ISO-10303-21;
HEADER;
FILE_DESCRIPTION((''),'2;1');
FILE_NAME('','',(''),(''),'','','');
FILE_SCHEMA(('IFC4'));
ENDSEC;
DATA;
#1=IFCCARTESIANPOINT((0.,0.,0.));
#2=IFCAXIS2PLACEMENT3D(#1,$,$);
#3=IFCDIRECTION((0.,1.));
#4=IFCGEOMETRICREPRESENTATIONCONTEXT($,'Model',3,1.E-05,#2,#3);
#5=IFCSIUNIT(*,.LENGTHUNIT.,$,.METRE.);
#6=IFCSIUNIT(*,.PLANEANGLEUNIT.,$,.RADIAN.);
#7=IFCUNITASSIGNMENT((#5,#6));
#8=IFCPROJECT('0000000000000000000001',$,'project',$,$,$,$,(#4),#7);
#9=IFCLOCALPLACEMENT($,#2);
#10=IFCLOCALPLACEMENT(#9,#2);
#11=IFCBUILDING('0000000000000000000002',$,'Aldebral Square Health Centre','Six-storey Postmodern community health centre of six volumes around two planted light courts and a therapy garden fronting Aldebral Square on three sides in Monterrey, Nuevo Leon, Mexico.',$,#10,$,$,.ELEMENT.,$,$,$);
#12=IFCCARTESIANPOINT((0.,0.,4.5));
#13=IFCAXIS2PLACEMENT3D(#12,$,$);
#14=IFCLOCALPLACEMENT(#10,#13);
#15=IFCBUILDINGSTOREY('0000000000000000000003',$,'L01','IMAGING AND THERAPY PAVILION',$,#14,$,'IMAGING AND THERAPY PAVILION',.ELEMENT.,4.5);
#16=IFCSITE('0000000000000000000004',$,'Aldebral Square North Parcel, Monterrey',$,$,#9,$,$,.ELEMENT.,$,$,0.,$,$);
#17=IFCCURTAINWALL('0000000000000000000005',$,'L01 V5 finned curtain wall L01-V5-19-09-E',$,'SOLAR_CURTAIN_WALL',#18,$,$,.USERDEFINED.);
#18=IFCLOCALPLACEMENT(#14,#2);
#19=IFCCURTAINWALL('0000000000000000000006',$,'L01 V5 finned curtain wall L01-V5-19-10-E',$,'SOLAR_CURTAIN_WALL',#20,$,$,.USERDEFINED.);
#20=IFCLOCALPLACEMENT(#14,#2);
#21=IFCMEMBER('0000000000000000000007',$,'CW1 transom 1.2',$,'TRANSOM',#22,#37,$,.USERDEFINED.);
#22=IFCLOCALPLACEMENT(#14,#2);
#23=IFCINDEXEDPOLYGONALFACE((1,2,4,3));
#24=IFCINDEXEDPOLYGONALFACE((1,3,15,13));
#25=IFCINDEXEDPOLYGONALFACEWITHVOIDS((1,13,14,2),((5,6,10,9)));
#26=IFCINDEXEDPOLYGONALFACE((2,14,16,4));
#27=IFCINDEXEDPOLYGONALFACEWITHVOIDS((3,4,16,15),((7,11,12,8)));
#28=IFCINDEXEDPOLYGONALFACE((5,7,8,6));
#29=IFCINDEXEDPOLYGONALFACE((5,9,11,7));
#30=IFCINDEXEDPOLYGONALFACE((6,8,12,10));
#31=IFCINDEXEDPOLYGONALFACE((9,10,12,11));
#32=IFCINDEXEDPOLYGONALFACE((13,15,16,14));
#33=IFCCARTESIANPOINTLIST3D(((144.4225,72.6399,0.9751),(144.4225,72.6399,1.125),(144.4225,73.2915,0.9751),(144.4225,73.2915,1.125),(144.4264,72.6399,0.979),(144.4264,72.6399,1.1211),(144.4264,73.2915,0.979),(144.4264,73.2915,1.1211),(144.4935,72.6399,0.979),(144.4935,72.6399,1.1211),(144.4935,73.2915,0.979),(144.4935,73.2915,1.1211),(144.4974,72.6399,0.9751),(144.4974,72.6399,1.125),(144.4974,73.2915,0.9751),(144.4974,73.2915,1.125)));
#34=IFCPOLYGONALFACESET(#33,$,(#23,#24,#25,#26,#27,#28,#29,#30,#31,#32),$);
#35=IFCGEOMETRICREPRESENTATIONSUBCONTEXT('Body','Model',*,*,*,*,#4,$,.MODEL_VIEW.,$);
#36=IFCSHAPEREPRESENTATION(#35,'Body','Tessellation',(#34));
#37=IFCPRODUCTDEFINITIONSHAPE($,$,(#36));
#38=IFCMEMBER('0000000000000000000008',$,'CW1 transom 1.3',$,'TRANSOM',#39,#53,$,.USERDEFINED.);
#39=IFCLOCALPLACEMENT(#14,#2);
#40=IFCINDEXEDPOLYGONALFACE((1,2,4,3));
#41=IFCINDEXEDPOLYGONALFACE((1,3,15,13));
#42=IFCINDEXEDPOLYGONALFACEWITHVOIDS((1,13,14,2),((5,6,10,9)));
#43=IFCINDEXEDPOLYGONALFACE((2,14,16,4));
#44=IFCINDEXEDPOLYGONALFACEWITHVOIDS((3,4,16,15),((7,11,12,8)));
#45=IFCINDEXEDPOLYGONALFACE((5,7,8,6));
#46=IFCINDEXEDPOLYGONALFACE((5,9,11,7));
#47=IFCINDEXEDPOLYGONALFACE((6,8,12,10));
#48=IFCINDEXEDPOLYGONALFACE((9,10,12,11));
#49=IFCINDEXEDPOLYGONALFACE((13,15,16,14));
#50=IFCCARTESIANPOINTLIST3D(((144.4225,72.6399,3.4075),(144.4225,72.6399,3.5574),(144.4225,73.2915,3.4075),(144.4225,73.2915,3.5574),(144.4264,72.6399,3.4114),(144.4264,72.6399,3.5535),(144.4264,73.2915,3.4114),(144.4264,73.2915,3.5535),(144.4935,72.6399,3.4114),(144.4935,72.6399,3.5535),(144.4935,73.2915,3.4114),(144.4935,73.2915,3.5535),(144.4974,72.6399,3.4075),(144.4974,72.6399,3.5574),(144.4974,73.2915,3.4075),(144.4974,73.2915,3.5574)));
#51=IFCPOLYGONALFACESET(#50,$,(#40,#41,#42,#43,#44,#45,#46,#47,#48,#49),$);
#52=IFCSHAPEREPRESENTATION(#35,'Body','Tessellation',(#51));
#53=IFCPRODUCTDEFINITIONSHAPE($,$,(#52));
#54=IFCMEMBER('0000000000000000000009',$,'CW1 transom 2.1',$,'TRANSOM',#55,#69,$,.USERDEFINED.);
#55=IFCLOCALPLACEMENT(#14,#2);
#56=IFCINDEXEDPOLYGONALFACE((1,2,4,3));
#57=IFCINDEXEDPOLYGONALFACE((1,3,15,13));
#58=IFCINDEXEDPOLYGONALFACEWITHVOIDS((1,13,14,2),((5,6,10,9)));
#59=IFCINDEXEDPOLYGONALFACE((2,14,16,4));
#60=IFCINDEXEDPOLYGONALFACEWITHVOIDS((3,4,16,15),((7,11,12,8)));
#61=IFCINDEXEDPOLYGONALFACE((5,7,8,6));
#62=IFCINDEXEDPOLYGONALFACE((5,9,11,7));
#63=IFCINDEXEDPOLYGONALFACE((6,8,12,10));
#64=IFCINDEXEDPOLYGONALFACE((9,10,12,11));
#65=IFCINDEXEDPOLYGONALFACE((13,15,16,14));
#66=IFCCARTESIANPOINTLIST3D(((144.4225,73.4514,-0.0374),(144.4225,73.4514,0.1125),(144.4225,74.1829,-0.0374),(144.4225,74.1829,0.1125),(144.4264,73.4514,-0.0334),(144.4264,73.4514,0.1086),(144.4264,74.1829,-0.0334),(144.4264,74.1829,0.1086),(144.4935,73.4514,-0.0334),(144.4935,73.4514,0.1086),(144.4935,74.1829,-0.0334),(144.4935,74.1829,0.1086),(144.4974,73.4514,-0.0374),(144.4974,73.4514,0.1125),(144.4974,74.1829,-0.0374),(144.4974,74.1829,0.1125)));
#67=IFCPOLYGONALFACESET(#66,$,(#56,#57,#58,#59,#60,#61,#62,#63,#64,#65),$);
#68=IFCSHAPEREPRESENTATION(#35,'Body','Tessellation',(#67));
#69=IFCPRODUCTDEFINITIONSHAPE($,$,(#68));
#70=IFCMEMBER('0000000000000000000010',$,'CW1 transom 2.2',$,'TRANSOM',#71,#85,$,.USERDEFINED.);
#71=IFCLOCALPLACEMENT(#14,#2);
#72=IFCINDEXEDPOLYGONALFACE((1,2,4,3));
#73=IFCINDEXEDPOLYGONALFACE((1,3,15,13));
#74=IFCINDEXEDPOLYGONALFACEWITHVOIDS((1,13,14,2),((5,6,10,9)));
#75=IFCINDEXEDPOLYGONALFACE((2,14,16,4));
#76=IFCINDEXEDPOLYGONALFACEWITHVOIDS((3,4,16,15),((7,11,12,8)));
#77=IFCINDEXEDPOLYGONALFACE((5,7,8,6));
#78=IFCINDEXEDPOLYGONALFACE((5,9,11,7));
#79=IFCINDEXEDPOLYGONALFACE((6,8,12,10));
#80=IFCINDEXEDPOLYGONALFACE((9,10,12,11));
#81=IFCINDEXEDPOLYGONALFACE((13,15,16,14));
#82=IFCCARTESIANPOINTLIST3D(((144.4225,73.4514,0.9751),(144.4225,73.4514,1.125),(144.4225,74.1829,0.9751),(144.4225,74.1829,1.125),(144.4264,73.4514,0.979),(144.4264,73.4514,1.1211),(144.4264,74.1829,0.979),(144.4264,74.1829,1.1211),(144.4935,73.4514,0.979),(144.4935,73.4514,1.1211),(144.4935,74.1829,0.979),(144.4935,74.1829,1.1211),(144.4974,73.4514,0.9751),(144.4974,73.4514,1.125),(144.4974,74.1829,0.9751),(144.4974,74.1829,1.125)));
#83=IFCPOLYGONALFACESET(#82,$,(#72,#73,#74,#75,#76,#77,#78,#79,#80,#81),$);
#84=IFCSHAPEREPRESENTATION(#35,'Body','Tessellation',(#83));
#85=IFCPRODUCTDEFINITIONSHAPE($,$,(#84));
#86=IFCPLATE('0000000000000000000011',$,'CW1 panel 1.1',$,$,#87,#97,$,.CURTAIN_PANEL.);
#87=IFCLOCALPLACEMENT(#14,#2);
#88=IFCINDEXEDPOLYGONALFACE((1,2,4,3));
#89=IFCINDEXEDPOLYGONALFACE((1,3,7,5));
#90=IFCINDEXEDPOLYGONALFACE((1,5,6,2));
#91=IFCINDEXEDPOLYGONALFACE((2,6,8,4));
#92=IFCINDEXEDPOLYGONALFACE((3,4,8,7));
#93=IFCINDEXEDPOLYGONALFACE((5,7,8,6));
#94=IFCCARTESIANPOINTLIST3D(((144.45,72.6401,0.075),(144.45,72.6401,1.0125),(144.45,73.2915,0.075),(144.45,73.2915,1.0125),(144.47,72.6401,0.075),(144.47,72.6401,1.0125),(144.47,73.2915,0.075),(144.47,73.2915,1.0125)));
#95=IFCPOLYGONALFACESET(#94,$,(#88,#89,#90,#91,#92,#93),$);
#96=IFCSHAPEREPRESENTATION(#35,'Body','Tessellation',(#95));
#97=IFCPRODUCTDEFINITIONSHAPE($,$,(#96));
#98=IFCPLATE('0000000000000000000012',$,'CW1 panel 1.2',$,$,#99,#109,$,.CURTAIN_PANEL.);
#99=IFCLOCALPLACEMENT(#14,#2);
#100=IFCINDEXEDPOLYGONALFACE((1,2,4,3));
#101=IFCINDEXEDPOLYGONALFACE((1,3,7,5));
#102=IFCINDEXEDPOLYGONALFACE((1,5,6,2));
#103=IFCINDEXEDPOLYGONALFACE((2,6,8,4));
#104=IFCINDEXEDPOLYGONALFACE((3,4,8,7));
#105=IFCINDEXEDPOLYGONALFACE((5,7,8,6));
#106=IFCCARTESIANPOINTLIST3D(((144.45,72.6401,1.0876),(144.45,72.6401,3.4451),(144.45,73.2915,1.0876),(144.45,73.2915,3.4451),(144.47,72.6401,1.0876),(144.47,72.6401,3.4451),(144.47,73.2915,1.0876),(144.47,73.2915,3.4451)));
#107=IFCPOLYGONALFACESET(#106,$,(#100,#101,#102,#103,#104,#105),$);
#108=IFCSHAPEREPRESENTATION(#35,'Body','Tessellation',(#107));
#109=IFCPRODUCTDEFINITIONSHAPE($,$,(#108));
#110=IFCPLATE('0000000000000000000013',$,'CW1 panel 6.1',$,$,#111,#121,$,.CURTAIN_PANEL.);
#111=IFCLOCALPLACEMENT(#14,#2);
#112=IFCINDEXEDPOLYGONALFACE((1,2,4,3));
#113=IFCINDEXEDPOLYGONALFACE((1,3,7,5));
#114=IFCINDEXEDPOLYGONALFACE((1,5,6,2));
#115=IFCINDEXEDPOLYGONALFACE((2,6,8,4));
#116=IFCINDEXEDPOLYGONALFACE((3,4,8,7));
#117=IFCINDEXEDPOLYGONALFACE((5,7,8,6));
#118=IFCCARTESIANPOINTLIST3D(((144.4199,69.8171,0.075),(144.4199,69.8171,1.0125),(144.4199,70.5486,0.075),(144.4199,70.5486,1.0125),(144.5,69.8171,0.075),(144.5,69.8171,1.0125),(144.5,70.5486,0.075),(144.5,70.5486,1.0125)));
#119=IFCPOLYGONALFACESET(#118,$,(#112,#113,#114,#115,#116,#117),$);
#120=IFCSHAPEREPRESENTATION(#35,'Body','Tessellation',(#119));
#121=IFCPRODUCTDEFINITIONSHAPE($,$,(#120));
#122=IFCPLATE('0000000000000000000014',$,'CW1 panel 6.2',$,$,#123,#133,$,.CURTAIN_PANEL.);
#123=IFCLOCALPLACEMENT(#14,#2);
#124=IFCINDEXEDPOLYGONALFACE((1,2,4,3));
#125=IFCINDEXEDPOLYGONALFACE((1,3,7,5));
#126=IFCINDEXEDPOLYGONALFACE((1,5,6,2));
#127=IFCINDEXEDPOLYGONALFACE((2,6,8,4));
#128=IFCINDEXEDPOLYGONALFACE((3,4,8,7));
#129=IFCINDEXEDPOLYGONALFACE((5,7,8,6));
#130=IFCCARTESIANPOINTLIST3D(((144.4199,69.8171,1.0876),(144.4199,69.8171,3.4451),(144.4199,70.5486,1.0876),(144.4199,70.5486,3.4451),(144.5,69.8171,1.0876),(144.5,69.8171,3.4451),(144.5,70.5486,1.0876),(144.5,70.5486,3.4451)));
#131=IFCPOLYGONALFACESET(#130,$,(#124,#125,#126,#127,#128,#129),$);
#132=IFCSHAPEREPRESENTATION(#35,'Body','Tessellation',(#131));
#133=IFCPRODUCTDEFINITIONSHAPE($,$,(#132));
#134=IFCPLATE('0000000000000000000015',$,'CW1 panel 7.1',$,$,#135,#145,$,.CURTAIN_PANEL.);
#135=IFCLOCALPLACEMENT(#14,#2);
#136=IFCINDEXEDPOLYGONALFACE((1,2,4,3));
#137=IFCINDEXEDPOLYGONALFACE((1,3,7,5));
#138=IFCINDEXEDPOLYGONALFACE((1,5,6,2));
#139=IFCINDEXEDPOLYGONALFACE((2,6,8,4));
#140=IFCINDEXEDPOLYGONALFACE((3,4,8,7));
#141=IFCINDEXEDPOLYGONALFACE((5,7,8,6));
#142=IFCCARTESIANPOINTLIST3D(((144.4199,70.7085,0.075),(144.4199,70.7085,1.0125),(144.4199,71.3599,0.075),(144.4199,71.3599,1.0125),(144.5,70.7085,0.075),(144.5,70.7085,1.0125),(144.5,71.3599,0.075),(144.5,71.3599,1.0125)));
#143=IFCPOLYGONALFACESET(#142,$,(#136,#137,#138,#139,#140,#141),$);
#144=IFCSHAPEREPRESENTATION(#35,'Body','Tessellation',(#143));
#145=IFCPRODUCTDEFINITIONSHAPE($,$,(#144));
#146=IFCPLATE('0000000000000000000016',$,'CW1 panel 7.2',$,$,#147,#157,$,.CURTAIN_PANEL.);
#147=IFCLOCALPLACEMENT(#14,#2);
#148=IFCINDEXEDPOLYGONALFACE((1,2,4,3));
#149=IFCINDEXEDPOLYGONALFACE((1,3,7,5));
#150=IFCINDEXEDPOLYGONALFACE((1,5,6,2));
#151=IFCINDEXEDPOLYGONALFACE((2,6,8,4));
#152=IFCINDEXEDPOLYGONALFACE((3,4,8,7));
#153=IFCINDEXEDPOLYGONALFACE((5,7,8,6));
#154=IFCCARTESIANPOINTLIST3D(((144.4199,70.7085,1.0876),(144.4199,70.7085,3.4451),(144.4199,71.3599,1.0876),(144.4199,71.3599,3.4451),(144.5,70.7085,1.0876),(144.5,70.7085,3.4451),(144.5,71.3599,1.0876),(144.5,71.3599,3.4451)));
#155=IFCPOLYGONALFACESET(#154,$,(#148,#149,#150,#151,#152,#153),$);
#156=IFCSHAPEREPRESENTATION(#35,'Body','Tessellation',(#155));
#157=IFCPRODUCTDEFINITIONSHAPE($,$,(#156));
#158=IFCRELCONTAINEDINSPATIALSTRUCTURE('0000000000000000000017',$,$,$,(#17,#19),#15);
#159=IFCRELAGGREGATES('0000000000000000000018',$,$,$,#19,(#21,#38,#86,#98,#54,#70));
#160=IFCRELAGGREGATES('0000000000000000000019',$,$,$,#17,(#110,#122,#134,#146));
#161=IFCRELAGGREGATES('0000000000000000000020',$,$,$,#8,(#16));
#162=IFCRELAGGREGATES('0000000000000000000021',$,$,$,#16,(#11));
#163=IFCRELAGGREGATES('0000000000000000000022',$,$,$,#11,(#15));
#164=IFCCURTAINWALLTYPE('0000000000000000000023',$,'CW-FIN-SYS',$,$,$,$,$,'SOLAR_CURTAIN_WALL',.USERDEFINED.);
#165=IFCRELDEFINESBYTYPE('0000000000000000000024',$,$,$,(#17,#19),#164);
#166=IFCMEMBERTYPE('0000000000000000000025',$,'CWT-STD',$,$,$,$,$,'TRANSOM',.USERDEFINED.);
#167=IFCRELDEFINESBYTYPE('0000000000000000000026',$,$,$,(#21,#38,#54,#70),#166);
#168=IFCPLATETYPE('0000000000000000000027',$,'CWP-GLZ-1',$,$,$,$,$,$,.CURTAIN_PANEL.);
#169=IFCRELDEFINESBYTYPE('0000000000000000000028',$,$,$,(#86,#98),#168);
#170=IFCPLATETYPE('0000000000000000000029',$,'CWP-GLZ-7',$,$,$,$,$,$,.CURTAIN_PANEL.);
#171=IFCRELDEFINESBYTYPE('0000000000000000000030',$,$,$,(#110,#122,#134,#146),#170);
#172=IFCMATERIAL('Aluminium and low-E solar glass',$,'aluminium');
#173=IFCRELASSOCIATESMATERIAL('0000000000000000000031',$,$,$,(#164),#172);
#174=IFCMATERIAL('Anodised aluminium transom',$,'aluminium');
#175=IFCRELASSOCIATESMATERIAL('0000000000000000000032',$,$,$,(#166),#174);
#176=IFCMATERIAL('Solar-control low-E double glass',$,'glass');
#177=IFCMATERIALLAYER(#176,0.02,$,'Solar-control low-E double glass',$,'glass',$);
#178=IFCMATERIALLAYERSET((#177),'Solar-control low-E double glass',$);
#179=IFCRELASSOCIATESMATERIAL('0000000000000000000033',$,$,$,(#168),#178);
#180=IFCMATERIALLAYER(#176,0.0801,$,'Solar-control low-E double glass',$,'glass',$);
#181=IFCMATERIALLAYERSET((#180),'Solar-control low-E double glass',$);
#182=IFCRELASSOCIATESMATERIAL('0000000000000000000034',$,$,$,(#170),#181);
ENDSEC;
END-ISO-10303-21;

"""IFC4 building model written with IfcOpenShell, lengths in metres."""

from ifc_helpers import new_model, si_unit, direction, frame, origin, origin_2d, place, context, subcontext, project, spatial, rectangle, hollow_rectangle, extrude, material, layer, layer_set, material_profile, profile_set, type_object, element, aggregate, save


model = new_model("IFC4")

# Units and contexts
model_context = context("Model", 3, precision=1e-05, world=origin(), true_north=direction((0.0, 1.0)))
body_context = subcontext(model_context, "Body", "Model", "MODEL_VIEW")
ifc_project = project(units=[si_unit("LENGTHUNIT", "METRE"), si_unit("PLANEANGLEUNIT", "RADIAN")], contexts=[model_context])

# Site, building, storey
site_placement = place(None, origin())
site = spatial("IfcSite", under=ifc_project, at=site_placement, Name="Aldebral Square North Parcel, Monterrey", CompositionType="ELEMENT", RefElevation=0.0)
building_placement = place(site_placement, origin())
building = spatial("IfcBuilding", under=site, at=building_placement, Name="Aldebral Square Health Centre", Description="Six-storey Postmodern community health centre of six volumes around two planted light courts and a therapy garden fronting Aldebral Square on three sides in Monterrey, Nuevo Leon, Mexico.", CompositionType="ELEMENT")
storey_placement = place(building_placement, frame((0.0, 0.0, 4.5)))
storey = spatial("IfcBuildingStorey", under=building, at=storey_placement, Name="L01", Description="IMAGING AND THERAPY PAVILION", LongName="IMAGING AND THERAPY PAVILION", CompositionType="ELEMENT", Elevation=4.5)

# Curtain walls
ifc_material_1 = material(Name="Aluminium and low-E solar glass", Category="aluminium")
curtain_wall_type = type_object("IfcCurtainWallType", Name="CW-FIN-SYS", ElementType="SOLAR_CURTAIN_WALL", PredefinedType="USERDEFINED", material=ifc_material_1)
curtain_wall_1_placement = place(storey_placement, origin())
curtain_wall_1 = element("IfcCurtainWall", 1, at=curtain_wall_1_placement, inside=storey, type_object=curtain_wall_type, Name="L01 V5 finned curtain wall L01-V5-19-09-E", ObjectType="SOLAR_CURTAIN_WALL", PredefinedType="USERDEFINED")
curtain_wall_2_placement = place(storey_placement, origin())
curtain_wall_2 = element("IfcCurtainWall", 2, at=curtain_wall_2_placement, inside=storey, type_object=curtain_wall_type, Name="L01 V5 finned curtain wall L01-V5-19-10-E", ObjectType="SOLAR_CURTAIN_WALL", PredefinedType="USERDEFINED")

# Members
ifc_material_2 = material(Name="Anodised aluminium transom", Category="aluminium")
ifc_material_profile_1 = material_profile(ifc_material_2, hollow_rectangle(XDim=0.075, YDim=0.1499, WallThickness=0.0039, at=origin_2d()), Name="CWT 75x150x4")
ifc_profile_set_1 = profile_set([ifc_material_profile_1], Name="Anodised aluminium transom")
member_type_1 = type_object("IfcMemberType", Name="CWT-STD", ElementType="TRANSOM", PredefinedType="USERDEFINED", material=ifc_profile_set_1)
member_1_placement = place(storey_placement, frame((144.46, 72.6399, 1.05), z_axis=(0.0, 1.0, 0.0), x_axis=(-1.0, 0.0, 0.0)))
member_1 = element("IfcMember", 3, at=member_1_placement, type_object=member_type_1, Name="CW1 transom 1.2", ObjectType="TRANSOM", PredefinedType="USERDEFINED", context=body_context, shape_type="SweptSolid", body=[
    extrude(hollow_rectangle(XDim=0.075, YDim=0.1499, WallThickness=0.0039, at=origin_2d()), origin(), (0.0, 0.0, 1.0), 0.6516),
])
member_2_placement = place(storey_placement, frame((144.46, 72.6399, 3.4824), z_axis=(0.0, 1.0, 0.0), x_axis=(-1.0, 0.0, 0.0)))
member_2 = element("IfcMember", 4, at=member_2_placement, type_object=member_type_1, Name="CW1 transom 1.3", ObjectType="TRANSOM", PredefinedType="USERDEFINED", context=body_context, shape_type="SweptSolid", body=[
    extrude(hollow_rectangle(XDim=0.075, YDim=0.1499, WallThickness=0.0039, at=origin_2d()), origin(), (0.0, 0.0, 1.0), 0.6516),
])
member_3_placement = place(storey_placement, frame((144.46, 73.4514, 0.0376), z_axis=(0.0, 1.0, 0.0), x_axis=(-1.0, 0.0, 0.0)))
member_3 = element("IfcMember", 5, at=member_3_placement, type_object=member_type_1, Name="CW1 transom 2.1", ObjectType="TRANSOM", PredefinedType="USERDEFINED", context=body_context, shape_type="SweptSolid", body=[
    extrude(hollow_rectangle(XDim=0.075, YDim=0.1499, WallThickness=0.0039, at=origin_2d()), origin(), (0.0, 0.0, 1.0), 0.7314),
])
member_4_placement = place(storey_placement, frame((144.46, 73.4514, 1.05), z_axis=(0.0, 1.0, 0.0), x_axis=(-1.0, 0.0, 0.0)))
member_4 = element("IfcMember", 6, at=member_4_placement, type_object=member_type_1, Name="CW1 transom 2.2", ObjectType="TRANSOM", PredefinedType="USERDEFINED", context=body_context, shape_type="SweptSolid", body=[
    extrude(hollow_rectangle(XDim=0.075, YDim=0.1499, WallThickness=0.0039, at=origin_2d()), origin(), (0.0, 0.0, 1.0), 0.7314),
])

# Plates
ifc_material_3 = material(Name="Solar-control low-E double glass", Category="glass")
ifc_layer_1 = layer(ifc_material_3, 0.02, Name="Solar-control low-E double glass", Category="glass")
ifc_layer_set_1 = layer_set([ifc_layer_1], Name="Solar-control low-E double glass")
plate_type_1 = type_object("IfcPlateType", Name="CWP-GLZ-1", PredefinedType="CURTAIN_PANEL", material=ifc_layer_set_1)
plate_1_placement = place(storey_placement, frame((144.46, 72.9658, 0.075), z_axis=(0.0, 0.0, 1.0), x_axis=(0.0, 1.0, 0.0)))
plate_1 = element("IfcPlate", 7, at=plate_1_placement, type_object=plate_type_1, Name="CW1 panel 1.1", PredefinedType="CURTAIN_PANEL", context=body_context, shape_type="SweptSolid", body=[
    extrude(rectangle(XDim=0.6514, YDim=0.02, at=origin_2d()), origin(), (0.0, 0.0, 1.0), 0.9375),
])
plate_2_placement = place(storey_placement, frame((144.46, 72.9658, 1.0876), z_axis=(0.0, 0.0, 1.0), x_axis=(0.0, 1.0, 0.0)))
plate_2 = element("IfcPlate", 8, at=plate_2_placement, type_object=plate_type_1, Name="CW1 panel 1.2", PredefinedType="CURTAIN_PANEL", context=body_context, shape_type="SweptSolid", body=[
    extrude(rectangle(XDim=0.6514, YDim=0.02, at=origin_2d()), origin(), (0.0, 0.0, 1.0), 2.3574),
])
aggregate(curtain_wall_2, [member_1, member_2, plate_1, plate_2, member_3, member_4])
ifc_layer_2 = layer(ifc_material_3, 0.0801, Name="Solar-control low-E double glass", Category="glass")
ifc_layer_set_2 = layer_set([ifc_layer_2], Name="Solar-control low-E double glass")
plate_type_2 = type_object("IfcPlateType", Name="CWP-GLZ-7", PredefinedType="CURTAIN_PANEL", material=ifc_layer_set_2)
plate_3_placement = place(storey_placement, frame((144.46, 70.1829, 0.075), z_axis=(0.0, 0.0, 1.0), x_axis=(0.0, 1.0, 0.0)))
plate_3 = element("IfcPlate", 9, at=plate_3_placement, type_object=plate_type_2, Name="CW1 panel 6.1", PredefinedType="CURTAIN_PANEL", context=body_context, shape_type="SweptSolid", body=[
    extrude(rectangle(XDim=0.7314, YDim=0.0801, at=origin_2d()), origin(), (0.0, 0.0, 1.0), 0.9375),
])
plate_4_placement = place(storey_placement, frame((144.46, 70.1829, 1.0876), z_axis=(0.0, 0.0, 1.0), x_axis=(0.0, 1.0, 0.0)))
plate_4 = element("IfcPlate", 10, at=plate_4_placement, type_object=plate_type_2, Name="CW1 panel 6.2", PredefinedType="CURTAIN_PANEL", context=body_context, shape_type="SweptSolid", body=[
    extrude(rectangle(XDim=0.7314, YDim=0.0801, at=origin_2d()), origin(), (0.0, 0.0, 1.0), 2.3574),
])
plate_5_placement = place(storey_placement, frame((144.46, 71.0342, 0.075), z_axis=(0.0, 0.0, 1.0), x_axis=(0.0, 1.0, 0.0)))
plate_5 = element("IfcPlate", 11, at=plate_5_placement, type_object=plate_type_2, Name="CW1 panel 7.1", PredefinedType="CURTAIN_PANEL", context=body_context, shape_type="SweptSolid", body=[
    extrude(rectangle(XDim=0.6514, YDim=0.0801, at=origin_2d()), origin(), (0.0, 0.0, 1.0), 0.9375),
])
plate_6_placement = place(storey_placement, frame((144.46, 71.0342, 1.0876), z_axis=(0.0, 0.0, 1.0), x_axis=(0.0, 1.0, 0.0)))
plate_6 = element("IfcPlate", 12, at=plate_6_placement, type_object=plate_type_2, Name="CW1 panel 7.2", PredefinedType="CURTAIN_PANEL", context=body_context, shape_type="SweptSolid", body=[
    extrude(rectangle(XDim=0.6514, YDim=0.0801, at=origin_2d()), origin(), (0.0, 0.0, 1.0), 2.3574),
])
aggregate(curtain_wall_1, [plate_3, plate_4, plate_5, plate_6])

save(model, "model.ifc")
